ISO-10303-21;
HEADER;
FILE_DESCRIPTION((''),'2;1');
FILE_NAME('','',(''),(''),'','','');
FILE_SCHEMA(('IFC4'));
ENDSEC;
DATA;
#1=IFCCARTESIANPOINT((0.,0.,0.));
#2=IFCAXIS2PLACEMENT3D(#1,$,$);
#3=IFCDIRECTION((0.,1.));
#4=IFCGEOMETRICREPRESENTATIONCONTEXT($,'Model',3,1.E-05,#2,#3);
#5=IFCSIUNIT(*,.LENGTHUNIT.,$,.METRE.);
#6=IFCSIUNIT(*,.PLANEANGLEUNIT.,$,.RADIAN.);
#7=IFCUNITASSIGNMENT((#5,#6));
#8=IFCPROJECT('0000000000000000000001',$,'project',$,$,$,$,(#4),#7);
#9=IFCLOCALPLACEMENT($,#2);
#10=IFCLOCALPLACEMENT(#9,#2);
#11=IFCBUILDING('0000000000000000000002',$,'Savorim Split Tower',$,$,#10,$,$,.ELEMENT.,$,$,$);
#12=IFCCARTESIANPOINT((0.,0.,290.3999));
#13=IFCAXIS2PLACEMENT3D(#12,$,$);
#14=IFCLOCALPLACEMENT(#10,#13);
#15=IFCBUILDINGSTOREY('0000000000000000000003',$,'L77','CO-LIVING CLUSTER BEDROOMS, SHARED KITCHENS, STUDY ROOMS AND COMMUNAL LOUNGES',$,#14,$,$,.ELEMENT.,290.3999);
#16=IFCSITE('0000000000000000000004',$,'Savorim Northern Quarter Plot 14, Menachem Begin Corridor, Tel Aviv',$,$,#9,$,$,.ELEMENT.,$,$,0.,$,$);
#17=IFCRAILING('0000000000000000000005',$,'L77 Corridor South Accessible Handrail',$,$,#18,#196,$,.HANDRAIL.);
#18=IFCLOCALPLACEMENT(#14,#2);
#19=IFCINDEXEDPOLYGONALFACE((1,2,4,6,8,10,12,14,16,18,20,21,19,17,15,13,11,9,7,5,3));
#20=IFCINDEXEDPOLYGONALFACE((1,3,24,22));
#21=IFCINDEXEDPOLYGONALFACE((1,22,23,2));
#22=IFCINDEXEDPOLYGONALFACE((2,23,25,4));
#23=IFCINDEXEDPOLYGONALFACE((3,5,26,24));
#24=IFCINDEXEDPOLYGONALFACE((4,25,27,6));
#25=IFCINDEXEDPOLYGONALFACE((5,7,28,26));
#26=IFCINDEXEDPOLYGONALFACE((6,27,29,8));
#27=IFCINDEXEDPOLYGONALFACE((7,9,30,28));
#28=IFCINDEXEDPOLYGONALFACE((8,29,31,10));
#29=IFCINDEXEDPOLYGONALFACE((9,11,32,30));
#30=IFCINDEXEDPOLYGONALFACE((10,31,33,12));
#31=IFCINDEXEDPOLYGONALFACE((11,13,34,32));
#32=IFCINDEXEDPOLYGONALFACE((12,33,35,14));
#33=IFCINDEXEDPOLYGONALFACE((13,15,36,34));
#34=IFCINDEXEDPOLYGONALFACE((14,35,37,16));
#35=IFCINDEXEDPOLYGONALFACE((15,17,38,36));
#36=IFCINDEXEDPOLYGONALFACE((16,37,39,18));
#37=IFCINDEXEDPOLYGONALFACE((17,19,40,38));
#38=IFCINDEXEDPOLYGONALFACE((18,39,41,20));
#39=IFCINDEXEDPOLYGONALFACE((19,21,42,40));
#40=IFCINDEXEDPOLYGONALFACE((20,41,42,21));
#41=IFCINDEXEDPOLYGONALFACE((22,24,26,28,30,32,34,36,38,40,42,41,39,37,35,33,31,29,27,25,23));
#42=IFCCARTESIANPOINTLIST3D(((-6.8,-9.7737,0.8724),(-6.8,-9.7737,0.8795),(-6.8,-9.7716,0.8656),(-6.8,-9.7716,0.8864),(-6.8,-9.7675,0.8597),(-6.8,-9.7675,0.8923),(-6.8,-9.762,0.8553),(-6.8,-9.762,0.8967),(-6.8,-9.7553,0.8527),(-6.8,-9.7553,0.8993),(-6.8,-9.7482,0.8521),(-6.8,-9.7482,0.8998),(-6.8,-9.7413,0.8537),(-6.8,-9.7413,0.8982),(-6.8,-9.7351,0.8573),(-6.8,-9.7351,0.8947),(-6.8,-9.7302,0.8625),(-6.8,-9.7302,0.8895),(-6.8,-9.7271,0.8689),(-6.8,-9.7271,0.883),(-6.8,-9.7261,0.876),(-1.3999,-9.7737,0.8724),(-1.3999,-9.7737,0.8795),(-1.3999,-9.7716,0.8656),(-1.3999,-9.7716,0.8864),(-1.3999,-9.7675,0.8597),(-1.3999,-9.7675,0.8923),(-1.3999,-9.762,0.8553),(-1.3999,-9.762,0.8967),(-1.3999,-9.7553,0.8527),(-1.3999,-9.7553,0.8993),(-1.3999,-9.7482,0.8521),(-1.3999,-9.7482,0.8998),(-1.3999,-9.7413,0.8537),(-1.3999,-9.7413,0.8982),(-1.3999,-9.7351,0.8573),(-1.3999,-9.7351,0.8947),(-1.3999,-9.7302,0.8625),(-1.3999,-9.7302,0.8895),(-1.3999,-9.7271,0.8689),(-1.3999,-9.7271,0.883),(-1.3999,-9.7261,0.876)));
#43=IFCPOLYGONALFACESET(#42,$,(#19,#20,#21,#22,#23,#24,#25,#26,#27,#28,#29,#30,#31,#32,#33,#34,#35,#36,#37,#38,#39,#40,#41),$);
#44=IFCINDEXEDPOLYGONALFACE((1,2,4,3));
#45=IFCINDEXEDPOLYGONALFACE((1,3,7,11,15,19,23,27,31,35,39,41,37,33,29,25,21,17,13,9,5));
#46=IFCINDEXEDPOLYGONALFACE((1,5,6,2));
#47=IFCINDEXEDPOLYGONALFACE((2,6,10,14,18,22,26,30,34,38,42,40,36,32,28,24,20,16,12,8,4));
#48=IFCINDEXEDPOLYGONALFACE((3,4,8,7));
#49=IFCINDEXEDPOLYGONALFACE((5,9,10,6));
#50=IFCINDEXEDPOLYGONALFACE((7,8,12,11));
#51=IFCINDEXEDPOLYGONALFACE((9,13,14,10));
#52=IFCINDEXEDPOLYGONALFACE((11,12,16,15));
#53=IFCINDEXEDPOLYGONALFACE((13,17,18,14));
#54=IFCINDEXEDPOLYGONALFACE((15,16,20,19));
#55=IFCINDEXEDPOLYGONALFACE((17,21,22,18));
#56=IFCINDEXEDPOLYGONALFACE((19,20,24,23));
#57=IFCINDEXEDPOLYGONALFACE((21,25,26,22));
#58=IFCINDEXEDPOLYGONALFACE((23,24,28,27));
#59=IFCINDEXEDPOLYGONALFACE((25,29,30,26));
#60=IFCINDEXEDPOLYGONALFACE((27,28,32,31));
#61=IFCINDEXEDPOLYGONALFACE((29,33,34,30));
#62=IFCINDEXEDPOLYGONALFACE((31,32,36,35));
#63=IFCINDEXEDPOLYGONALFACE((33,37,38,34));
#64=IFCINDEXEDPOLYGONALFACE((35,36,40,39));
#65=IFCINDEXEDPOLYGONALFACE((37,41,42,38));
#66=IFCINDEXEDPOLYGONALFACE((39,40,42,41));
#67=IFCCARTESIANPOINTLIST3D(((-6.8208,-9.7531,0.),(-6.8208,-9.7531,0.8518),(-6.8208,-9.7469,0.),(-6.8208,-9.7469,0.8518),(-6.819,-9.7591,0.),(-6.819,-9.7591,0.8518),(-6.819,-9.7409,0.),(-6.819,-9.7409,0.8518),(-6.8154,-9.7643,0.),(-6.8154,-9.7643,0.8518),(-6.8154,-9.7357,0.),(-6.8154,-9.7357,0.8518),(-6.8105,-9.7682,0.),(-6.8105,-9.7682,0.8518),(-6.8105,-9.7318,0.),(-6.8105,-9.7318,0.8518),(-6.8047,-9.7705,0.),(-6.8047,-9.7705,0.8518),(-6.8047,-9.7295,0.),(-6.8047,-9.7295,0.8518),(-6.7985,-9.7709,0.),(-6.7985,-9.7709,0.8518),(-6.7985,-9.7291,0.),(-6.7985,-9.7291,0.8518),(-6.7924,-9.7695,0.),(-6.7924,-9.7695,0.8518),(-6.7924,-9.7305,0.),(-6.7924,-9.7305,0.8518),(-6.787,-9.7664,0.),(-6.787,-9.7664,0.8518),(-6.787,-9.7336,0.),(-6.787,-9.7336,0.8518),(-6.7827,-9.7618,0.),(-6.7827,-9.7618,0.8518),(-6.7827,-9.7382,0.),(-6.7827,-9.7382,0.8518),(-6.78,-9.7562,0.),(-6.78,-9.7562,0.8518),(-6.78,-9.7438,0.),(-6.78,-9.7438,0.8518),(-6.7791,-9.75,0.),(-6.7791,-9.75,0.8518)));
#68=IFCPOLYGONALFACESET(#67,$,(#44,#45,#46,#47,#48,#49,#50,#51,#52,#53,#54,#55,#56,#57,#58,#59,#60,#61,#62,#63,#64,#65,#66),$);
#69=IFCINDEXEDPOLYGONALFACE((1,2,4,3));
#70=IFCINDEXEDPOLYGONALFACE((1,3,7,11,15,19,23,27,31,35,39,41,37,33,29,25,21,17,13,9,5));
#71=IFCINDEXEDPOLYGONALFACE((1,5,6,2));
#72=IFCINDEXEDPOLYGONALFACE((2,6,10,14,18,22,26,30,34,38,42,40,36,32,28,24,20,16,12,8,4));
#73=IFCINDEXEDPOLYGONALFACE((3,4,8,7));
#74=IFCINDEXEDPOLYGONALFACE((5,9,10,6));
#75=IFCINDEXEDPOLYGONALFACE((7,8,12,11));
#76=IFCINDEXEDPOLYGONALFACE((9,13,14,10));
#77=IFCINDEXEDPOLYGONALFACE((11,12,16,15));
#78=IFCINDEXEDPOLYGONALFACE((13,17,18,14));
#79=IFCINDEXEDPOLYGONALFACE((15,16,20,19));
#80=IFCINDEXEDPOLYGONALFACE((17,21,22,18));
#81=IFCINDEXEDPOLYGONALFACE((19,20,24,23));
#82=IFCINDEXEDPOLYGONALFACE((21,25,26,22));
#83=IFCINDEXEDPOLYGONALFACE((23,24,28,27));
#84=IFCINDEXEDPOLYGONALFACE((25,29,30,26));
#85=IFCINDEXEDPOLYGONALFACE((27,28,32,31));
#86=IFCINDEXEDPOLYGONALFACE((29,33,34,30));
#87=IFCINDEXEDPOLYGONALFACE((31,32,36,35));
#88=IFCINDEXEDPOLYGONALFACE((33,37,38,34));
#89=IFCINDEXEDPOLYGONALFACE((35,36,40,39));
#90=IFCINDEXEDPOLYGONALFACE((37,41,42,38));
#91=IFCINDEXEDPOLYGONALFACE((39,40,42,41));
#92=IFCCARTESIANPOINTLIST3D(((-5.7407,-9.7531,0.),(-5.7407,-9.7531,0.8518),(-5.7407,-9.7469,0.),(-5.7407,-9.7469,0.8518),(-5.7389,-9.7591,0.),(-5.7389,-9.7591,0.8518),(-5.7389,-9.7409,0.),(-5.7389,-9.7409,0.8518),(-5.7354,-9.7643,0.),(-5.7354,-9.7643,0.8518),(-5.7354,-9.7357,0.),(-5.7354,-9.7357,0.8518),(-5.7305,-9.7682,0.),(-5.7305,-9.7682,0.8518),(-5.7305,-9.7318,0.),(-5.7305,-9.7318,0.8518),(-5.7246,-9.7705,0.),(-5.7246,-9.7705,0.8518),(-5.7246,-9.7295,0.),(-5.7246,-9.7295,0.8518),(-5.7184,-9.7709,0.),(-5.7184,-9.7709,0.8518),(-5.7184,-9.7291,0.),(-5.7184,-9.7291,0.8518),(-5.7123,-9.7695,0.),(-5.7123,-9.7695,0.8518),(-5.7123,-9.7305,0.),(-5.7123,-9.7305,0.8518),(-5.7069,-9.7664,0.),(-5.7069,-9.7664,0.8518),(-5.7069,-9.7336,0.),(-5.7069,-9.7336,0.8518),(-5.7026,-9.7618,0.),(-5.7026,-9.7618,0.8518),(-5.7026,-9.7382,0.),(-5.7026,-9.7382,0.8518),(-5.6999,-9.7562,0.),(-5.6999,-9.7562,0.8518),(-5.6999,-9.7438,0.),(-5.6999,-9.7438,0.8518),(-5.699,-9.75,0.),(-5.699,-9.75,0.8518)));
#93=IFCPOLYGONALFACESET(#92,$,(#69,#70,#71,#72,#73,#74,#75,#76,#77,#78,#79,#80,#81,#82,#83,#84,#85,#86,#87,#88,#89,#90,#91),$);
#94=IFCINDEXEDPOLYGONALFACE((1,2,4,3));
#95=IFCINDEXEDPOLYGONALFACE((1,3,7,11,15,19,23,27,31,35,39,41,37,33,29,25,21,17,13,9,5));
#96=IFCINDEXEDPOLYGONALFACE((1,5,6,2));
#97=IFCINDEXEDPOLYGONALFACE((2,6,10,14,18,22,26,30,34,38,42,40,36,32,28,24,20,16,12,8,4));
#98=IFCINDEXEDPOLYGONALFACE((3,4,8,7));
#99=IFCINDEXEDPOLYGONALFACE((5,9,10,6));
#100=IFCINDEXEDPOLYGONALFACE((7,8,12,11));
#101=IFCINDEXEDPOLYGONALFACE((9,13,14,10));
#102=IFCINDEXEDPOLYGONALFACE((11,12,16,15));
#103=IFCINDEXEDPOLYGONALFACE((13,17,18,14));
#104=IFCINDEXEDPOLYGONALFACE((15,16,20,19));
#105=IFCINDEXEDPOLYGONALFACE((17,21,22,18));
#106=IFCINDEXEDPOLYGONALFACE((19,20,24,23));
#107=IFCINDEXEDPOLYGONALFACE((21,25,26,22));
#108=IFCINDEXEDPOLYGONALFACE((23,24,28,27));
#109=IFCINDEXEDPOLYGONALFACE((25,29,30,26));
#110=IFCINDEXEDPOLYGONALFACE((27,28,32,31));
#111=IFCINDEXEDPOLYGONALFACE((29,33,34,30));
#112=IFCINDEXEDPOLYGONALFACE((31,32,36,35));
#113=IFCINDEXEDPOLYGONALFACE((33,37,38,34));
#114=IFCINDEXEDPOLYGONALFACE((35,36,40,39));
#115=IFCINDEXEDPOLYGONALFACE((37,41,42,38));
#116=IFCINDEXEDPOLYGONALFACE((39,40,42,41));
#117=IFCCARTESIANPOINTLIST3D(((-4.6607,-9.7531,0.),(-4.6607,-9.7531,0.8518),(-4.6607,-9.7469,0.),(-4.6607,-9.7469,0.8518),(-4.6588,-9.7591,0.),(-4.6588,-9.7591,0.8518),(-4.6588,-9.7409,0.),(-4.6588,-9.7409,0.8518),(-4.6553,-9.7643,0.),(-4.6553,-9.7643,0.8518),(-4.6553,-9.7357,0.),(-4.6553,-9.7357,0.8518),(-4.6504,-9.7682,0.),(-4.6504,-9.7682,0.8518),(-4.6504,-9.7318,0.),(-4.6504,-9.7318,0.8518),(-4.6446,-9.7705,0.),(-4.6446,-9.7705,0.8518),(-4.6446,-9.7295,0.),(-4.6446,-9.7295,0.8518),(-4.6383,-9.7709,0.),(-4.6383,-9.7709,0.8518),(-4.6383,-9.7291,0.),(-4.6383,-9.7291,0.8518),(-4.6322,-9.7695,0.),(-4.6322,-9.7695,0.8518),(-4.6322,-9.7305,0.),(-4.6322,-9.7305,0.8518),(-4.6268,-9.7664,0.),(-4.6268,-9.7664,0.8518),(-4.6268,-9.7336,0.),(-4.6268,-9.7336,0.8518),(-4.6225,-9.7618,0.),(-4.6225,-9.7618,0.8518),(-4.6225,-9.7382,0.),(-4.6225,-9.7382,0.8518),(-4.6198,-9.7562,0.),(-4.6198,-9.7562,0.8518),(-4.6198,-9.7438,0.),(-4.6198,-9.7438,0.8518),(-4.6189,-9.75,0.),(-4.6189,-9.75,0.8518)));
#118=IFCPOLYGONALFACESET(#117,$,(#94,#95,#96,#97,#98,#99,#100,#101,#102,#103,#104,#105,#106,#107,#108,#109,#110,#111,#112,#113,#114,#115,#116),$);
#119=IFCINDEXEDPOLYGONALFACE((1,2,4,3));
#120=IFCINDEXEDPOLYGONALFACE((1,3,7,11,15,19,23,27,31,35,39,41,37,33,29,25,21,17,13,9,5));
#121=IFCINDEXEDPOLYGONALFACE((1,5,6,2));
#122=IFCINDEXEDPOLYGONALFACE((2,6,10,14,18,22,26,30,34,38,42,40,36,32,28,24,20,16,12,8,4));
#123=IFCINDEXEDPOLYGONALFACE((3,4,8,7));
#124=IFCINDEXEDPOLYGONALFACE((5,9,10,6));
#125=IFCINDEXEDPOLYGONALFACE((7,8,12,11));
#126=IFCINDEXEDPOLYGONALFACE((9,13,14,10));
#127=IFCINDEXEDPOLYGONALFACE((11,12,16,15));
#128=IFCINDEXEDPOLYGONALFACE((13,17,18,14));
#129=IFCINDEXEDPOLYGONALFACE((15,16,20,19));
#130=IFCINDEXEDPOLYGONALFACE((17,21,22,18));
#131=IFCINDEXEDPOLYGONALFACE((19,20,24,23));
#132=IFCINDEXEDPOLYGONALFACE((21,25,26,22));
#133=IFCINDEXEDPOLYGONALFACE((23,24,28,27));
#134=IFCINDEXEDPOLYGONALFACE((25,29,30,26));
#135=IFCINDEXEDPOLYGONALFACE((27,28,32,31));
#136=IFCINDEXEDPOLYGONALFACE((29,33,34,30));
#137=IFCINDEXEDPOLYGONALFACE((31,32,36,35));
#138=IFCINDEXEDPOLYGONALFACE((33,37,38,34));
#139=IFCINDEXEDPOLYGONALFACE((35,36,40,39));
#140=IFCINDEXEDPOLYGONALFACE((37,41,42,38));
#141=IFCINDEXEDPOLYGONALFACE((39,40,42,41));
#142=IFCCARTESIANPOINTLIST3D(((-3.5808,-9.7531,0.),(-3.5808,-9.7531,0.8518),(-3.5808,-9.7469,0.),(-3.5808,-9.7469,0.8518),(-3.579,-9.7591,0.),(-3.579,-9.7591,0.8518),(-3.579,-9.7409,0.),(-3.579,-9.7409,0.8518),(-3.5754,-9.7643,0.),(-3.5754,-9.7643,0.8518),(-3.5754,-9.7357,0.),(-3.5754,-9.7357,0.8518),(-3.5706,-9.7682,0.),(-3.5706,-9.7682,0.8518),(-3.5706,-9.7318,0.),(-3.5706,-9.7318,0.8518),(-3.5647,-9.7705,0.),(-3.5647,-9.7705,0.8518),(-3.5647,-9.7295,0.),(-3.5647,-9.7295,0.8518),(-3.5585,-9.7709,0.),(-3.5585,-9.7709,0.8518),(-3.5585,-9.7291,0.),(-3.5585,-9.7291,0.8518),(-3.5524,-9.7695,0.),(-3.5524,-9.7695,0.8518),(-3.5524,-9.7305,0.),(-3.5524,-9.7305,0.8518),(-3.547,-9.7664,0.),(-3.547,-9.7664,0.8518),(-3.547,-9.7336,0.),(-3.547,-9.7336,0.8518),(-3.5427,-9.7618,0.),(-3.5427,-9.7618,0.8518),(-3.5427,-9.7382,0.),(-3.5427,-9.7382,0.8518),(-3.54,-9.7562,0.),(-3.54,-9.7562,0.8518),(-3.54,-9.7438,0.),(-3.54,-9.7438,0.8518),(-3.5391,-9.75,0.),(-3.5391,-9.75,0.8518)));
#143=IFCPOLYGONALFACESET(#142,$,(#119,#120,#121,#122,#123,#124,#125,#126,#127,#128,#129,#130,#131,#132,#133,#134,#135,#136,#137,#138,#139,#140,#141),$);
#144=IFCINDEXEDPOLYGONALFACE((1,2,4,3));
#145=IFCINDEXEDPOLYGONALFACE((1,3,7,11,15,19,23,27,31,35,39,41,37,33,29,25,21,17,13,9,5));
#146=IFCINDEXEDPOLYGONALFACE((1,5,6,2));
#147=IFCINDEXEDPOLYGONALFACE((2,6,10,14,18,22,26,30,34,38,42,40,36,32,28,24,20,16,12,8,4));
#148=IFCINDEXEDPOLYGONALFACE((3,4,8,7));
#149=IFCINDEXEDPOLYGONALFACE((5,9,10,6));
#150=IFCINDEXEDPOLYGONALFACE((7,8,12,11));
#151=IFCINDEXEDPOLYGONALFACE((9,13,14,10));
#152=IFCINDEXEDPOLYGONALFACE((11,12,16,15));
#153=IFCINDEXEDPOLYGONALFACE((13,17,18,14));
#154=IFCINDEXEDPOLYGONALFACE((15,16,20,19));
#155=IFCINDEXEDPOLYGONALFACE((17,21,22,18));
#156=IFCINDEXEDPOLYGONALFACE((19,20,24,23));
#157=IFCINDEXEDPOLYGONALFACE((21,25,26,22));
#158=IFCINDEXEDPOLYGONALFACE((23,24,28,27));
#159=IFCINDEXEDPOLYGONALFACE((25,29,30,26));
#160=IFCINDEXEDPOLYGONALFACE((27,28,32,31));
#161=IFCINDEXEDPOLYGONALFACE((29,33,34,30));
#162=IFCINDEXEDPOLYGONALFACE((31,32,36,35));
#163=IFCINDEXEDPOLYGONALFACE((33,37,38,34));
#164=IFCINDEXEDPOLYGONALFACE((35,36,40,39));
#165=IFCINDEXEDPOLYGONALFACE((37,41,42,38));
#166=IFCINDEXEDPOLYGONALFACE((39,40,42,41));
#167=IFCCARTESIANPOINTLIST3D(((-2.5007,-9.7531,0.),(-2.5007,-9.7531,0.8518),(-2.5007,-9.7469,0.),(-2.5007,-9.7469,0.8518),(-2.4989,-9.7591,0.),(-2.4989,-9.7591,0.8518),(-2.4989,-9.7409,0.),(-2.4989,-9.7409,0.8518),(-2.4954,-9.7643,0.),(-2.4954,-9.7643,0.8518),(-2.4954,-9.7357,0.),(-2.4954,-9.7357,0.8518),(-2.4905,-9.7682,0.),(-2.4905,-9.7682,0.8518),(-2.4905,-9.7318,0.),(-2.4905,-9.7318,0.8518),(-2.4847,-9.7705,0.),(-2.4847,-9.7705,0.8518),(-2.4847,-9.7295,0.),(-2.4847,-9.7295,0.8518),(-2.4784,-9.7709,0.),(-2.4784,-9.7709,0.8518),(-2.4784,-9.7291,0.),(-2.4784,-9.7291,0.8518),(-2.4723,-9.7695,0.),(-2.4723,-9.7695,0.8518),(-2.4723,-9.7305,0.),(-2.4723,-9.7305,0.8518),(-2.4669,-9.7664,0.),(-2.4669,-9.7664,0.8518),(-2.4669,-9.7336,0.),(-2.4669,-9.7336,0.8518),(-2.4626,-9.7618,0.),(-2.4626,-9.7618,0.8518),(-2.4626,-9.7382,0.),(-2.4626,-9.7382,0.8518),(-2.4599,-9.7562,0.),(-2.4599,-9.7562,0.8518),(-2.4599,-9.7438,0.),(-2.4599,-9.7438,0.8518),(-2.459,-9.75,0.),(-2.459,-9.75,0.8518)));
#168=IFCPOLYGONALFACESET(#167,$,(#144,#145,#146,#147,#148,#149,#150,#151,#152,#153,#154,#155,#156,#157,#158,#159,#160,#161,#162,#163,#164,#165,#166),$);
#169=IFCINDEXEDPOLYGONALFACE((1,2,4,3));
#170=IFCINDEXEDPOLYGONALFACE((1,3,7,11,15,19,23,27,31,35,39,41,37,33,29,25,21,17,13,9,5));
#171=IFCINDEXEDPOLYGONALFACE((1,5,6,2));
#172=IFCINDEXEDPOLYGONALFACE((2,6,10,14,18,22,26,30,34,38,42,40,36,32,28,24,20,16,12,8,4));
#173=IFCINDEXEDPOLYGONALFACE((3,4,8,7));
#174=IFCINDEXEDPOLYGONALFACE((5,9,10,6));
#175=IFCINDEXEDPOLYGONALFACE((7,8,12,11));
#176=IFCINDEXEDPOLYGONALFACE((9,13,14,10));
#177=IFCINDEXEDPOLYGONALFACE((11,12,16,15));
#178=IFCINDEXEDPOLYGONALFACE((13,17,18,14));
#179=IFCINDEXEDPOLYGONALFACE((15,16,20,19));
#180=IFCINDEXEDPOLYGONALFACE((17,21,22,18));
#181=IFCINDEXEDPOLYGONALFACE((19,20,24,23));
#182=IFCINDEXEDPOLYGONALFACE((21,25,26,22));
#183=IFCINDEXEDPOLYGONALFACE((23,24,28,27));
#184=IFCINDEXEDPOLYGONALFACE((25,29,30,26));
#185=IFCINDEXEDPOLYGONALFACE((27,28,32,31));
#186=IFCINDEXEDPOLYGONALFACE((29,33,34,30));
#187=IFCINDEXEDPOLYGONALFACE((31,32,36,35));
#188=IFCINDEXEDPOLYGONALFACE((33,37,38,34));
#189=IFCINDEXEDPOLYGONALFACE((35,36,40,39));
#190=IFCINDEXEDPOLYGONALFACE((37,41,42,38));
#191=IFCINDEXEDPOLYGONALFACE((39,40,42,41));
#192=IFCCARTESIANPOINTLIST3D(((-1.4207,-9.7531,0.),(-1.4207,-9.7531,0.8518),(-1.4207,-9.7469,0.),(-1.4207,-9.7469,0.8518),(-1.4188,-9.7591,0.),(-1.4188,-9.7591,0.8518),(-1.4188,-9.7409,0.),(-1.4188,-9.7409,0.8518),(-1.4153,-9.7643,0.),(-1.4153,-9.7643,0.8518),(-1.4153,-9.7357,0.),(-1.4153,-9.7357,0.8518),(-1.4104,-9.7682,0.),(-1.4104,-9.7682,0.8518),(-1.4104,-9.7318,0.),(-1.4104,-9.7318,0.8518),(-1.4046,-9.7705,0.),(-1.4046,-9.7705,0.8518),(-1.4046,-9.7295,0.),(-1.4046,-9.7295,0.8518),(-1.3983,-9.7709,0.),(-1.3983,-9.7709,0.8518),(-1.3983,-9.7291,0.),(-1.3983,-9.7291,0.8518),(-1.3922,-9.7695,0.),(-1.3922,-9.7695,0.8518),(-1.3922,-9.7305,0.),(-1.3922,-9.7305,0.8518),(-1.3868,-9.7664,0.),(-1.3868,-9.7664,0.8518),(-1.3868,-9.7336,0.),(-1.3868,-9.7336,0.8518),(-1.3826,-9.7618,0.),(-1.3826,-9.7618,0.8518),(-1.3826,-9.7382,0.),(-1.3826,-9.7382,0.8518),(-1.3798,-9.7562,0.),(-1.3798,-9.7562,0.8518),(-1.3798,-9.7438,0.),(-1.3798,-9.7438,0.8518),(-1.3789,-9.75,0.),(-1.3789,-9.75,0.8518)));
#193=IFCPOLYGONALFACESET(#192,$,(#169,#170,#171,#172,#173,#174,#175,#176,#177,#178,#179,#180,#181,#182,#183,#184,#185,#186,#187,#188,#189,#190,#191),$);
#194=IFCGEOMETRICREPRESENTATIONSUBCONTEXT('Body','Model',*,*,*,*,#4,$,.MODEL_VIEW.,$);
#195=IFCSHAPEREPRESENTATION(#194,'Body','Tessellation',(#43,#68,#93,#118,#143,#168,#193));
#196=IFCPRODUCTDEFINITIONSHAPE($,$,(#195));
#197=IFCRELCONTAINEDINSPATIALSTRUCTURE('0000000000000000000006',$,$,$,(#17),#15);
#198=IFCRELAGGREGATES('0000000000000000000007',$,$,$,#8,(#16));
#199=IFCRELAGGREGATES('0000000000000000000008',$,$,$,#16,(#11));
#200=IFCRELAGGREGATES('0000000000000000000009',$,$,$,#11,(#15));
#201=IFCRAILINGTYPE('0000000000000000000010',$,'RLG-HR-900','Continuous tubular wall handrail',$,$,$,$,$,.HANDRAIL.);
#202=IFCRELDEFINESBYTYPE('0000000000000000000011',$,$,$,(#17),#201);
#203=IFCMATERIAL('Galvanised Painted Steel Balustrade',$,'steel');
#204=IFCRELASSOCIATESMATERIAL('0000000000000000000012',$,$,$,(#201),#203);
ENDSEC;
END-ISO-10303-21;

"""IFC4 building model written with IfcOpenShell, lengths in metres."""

from ifc_helpers import new_model, si_unit, direction, frame, origin, origin_2d, place, context, subcontext, project, spatial, circle, extrude, material, type_object, element, save


model = new_model("IFC4")

# Units and contexts
model_context = context("Model", 3, precision=1e-05, world=origin(), true_north=direction((0.0, 1.0)))
body_context = subcontext(model_context, "Body", "Model", "MODEL_VIEW")
ifc_project = project(units=[si_unit("LENGTHUNIT", "METRE"), si_unit("PLANEANGLEUNIT", "RADIAN")], contexts=[model_context])

# Site, building, storey
site_placement = place(None, origin())
site = spatial("IfcSite", under=ifc_project, at=site_placement, Name="Savorim Northern Quarter Plot 14, Menachem Begin Corridor, Tel Aviv", CompositionType="ELEMENT", RefElevation=0.0)
building_placement = place(site_placement, origin())
building = spatial("IfcBuilding", under=site, at=building_placement, Name="Savorim Split Tower", CompositionType="ELEMENT")
storey_placement = place(building_placement, frame((0.0, 0.0, 290.3999)))
storey = spatial("IfcBuildingStorey", under=building, at=storey_placement, Name="L77", Description="CO-LIVING CLUSTER BEDROOMS, SHARED KITCHENS, STUDY ROOMS AND COMMUNAL LOUNGES", CompositionType="ELEMENT", Elevation=290.3999)

# Railing
ifc_material_1 = material(Name="Galvanised Painted Steel Balustrade", Category="steel")
railing_type_1 = type_object("IfcRailingType", Name="RLG-HR-900", Description="Continuous tubular wall handrail", PredefinedType="HANDRAIL", material=ifc_material_1)
railing_1_placement = place(storey_placement, frame((-6.8, -9.75, 0.0)))
element("IfcRailing", 1, at=railing_1_placement, inside=storey, type_object=railing_type_1, Name="L77 Corridor South Accessible Handrail", PredefinedType="HANDRAIL", context=body_context, shape_type="SweptSolid", body=[
    extrude(circle(Radius=0.0239, at=origin_2d()), frame((0.0, 0.0, 0.876), z_axis=(1.0, 0.0, 0.0), x_axis=(0.0, 1.0, 0.0)), (0.0, 0.0, 1.0), 5.4001),
    extrude(circle(Radius=0.021, at=origin_2d()), origin(), (0.0, 0.0, 1.0), 0.8518),
    extrude(circle(Radius=0.021, at=origin_2d()), frame((1.0801, 0.0, 0.0)), (0.0, 0.0, 1.0), 0.8518),
    extrude(circle(Radius=0.021, at=origin_2d()), frame((2.1602, 0.0, 0.0)), (0.0, 0.0, 1.0), 0.8518),
    extrude(circle(Radius=0.021, at=origin_2d()), frame((3.24, 0.0, 0.0)), (0.0, 0.0, 1.0), 0.8518),
    extrude(circle(Radius=0.021, at=origin_2d()), frame((4.3201, 0.0, 0.0)), (0.0, 0.0, 1.0), 0.8518),
    extrude(circle(Radius=0.021, at=origin_2d()), frame((5.4001, 0.0, 0.0)), (0.0, 0.0, 1.0), 0.8518),
])

save(model, "model.ifc")
